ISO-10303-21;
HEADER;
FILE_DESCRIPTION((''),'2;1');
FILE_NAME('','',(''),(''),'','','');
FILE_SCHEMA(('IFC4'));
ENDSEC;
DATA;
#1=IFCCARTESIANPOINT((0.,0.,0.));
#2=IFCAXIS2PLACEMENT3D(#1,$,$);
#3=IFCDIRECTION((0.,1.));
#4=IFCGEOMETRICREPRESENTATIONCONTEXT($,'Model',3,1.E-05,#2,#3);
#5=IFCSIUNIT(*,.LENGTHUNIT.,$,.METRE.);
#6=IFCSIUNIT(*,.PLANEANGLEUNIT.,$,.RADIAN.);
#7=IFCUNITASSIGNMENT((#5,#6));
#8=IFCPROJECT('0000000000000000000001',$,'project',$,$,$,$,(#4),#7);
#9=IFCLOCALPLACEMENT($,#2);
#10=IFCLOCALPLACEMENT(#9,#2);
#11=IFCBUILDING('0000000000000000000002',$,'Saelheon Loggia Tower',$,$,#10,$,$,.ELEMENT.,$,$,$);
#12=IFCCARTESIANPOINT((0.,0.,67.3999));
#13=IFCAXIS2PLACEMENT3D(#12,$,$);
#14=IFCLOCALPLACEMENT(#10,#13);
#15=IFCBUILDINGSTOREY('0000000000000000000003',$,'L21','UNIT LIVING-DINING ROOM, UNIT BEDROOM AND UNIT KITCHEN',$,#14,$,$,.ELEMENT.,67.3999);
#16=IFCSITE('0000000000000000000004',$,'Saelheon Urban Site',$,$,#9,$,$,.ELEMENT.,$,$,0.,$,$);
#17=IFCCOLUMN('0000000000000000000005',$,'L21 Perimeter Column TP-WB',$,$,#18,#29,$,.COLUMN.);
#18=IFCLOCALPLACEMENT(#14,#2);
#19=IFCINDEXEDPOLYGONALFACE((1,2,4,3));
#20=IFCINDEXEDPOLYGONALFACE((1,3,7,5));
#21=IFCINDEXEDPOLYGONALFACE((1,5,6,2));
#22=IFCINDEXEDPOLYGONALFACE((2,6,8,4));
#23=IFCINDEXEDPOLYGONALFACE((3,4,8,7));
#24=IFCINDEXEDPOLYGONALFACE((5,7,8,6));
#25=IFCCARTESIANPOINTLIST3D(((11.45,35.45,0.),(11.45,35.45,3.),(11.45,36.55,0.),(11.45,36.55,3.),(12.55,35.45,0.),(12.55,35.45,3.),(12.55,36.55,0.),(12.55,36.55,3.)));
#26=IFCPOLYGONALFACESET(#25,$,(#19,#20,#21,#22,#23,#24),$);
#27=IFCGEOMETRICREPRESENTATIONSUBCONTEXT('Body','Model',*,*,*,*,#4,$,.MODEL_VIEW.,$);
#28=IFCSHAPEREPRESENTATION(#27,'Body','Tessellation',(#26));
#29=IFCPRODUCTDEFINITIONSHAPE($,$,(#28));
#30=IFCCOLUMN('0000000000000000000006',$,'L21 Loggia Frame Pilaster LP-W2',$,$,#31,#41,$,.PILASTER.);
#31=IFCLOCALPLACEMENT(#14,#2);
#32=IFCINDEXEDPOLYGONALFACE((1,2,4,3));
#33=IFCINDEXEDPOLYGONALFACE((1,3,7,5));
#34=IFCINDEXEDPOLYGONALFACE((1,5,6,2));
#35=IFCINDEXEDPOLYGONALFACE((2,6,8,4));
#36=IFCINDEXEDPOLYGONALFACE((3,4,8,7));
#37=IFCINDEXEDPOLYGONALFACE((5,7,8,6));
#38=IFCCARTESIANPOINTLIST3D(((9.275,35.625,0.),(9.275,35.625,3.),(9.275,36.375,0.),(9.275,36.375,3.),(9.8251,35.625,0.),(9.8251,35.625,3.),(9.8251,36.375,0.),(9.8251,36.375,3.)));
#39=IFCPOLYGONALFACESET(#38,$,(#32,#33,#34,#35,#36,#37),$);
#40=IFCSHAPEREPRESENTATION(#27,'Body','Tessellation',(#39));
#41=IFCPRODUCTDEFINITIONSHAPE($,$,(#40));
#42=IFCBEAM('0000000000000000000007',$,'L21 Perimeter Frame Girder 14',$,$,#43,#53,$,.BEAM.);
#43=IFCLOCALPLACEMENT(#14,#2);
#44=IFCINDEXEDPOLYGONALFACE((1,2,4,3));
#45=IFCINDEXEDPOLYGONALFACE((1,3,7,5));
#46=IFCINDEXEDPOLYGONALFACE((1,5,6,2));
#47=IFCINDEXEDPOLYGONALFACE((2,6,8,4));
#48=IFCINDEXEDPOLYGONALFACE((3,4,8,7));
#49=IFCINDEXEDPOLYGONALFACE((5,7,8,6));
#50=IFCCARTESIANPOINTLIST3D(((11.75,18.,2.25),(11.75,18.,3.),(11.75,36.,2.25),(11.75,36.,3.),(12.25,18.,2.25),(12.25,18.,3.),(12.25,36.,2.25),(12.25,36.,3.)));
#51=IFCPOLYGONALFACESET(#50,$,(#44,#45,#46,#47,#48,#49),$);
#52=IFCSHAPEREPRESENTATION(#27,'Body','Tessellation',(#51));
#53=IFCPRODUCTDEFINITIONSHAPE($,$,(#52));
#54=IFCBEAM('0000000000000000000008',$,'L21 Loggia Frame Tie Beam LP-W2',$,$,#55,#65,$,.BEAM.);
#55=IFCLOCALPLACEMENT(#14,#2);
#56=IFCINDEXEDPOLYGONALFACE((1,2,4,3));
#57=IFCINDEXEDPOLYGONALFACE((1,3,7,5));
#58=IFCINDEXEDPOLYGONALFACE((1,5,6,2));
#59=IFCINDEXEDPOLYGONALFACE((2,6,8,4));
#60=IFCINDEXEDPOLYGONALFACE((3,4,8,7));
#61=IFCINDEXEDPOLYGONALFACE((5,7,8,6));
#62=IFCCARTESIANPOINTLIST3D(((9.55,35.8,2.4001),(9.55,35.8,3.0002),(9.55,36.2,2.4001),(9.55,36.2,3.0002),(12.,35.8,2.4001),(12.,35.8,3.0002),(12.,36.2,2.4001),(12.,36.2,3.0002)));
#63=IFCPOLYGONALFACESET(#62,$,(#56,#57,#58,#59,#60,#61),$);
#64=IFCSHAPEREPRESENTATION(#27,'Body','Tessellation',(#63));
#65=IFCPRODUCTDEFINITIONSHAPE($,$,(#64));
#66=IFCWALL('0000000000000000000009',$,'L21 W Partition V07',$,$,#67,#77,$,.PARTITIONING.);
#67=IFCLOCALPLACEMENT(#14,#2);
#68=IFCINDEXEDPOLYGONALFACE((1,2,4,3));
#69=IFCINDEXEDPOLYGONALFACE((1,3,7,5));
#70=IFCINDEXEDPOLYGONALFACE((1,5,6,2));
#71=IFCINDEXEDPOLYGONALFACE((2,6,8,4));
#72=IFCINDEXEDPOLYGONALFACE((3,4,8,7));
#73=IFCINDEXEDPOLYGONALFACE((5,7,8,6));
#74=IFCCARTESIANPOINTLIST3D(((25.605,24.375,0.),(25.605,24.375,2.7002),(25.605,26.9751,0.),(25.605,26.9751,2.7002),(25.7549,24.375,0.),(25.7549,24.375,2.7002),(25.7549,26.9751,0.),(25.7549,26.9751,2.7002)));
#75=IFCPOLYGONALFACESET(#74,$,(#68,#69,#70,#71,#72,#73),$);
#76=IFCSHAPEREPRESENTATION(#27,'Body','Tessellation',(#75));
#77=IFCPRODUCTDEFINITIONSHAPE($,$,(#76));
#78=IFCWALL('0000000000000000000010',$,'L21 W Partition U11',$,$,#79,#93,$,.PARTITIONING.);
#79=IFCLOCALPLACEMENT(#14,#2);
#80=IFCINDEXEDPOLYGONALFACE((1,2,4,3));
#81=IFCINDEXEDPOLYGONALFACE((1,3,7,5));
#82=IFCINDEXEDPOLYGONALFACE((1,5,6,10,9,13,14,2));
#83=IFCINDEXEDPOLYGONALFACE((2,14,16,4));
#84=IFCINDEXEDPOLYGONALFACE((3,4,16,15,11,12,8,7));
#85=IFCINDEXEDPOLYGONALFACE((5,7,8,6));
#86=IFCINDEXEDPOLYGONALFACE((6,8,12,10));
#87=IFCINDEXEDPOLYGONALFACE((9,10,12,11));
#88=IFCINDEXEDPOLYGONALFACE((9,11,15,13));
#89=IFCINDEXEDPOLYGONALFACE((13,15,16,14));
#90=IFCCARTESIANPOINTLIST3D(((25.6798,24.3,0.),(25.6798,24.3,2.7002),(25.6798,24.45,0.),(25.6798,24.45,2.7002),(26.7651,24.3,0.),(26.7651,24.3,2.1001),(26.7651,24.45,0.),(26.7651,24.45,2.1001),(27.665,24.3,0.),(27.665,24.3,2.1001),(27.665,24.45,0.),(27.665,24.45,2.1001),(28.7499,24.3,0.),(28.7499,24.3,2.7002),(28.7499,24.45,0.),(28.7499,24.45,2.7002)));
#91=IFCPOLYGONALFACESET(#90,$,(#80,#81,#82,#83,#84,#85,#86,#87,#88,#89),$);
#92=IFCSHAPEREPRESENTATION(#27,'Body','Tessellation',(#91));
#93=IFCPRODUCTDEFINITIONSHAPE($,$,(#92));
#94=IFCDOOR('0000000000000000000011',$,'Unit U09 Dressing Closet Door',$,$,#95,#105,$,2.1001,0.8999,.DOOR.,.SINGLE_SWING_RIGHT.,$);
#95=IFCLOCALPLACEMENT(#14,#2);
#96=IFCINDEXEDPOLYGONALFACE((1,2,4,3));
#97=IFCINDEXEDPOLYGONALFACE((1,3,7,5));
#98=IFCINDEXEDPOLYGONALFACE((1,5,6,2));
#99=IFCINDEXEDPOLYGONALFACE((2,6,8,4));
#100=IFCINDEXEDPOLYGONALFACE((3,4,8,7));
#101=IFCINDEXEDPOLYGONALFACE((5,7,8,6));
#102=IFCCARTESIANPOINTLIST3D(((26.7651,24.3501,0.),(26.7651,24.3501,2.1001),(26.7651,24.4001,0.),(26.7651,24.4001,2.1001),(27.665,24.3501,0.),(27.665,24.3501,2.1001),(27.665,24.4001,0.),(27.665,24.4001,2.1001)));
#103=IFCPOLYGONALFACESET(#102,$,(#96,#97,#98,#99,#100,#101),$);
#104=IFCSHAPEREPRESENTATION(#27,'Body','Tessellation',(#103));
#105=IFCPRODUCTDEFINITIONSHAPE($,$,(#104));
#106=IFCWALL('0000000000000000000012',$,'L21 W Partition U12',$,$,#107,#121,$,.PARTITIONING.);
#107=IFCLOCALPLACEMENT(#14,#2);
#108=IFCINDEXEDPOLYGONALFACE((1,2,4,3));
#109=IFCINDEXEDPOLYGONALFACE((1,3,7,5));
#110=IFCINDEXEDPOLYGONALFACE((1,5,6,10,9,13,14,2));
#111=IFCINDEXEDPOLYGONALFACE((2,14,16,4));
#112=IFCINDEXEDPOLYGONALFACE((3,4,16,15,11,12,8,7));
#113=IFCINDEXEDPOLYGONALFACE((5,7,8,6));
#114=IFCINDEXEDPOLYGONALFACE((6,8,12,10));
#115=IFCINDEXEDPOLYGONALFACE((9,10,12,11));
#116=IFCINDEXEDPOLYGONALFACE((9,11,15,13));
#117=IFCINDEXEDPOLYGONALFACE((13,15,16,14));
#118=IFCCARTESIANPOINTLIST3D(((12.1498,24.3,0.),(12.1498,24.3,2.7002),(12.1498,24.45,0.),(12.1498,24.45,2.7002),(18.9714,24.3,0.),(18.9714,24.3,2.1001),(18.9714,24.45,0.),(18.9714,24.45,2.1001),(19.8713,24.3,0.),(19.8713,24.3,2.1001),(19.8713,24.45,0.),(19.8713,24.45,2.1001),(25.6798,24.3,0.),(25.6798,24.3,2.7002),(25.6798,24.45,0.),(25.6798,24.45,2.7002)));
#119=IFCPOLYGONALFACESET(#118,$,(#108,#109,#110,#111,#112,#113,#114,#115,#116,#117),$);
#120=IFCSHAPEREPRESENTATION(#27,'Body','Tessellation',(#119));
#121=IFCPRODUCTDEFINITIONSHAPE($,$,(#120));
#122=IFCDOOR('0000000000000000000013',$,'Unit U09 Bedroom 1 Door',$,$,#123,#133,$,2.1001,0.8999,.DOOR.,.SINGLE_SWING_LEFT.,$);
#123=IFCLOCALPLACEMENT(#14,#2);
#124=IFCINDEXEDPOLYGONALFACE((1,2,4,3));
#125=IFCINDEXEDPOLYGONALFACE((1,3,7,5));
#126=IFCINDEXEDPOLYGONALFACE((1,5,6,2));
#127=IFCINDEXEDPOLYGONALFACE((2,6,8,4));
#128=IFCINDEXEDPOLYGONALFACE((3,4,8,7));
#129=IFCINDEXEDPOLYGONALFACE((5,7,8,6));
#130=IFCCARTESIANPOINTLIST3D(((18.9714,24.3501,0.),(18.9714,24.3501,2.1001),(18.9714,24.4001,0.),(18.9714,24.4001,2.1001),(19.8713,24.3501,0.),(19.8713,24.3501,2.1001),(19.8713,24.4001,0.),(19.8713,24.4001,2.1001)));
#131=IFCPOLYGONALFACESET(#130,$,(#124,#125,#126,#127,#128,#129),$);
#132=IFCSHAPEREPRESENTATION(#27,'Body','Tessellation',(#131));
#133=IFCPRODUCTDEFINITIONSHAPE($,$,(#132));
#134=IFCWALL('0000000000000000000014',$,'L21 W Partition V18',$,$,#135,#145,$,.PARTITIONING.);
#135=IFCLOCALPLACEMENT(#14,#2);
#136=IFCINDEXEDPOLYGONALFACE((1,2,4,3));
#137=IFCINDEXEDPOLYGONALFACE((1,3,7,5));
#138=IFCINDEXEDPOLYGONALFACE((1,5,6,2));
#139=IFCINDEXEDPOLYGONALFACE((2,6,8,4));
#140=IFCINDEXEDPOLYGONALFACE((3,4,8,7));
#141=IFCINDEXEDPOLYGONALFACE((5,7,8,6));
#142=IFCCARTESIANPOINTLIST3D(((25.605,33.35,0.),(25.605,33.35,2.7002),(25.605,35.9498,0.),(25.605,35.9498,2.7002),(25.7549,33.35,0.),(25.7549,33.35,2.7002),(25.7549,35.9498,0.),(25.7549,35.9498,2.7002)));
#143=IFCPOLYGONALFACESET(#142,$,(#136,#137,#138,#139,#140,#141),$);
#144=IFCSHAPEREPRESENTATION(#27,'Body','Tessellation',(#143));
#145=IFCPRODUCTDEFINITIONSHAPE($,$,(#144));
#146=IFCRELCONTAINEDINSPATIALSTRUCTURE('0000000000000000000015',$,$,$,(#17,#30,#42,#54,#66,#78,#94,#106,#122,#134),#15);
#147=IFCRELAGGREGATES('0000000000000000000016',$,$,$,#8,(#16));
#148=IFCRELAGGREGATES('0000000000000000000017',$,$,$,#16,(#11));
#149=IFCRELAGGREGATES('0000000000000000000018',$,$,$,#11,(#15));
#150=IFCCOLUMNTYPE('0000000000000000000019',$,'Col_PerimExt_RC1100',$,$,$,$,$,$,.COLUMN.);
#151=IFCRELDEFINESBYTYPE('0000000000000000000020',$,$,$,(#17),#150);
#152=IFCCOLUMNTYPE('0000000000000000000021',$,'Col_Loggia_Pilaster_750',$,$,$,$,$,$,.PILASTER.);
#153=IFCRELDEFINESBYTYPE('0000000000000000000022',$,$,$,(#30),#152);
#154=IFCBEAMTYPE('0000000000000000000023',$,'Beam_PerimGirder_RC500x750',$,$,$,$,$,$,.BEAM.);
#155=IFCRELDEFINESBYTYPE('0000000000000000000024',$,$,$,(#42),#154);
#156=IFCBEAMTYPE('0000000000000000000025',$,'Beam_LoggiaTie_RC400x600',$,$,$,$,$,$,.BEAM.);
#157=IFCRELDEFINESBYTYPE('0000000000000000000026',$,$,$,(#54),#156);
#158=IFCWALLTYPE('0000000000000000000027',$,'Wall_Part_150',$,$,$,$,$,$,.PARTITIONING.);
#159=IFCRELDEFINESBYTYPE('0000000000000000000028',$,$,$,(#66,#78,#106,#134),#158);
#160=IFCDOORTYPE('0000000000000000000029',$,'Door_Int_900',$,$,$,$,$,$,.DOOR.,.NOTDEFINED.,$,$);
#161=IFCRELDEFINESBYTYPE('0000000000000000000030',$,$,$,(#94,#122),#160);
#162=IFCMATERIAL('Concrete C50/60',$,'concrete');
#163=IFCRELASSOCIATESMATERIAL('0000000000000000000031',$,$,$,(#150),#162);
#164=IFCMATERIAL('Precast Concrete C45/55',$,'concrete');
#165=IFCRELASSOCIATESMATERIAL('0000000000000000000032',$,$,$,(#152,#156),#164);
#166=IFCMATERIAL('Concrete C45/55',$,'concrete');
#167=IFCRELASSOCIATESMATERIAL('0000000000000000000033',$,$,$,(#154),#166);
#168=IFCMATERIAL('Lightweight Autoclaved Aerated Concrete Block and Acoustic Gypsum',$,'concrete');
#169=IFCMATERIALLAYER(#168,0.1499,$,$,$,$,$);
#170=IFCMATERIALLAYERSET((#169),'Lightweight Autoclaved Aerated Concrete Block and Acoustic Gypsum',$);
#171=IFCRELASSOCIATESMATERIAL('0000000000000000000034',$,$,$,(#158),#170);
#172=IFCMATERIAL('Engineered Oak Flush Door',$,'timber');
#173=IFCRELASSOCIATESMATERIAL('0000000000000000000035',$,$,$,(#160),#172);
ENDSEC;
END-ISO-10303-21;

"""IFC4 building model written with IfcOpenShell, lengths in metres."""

from ifc_helpers import new_model, si_unit, direction, frame, frame_2d, origin, origin_2d, place, context, subcontext, project, spatial, rectangle, extrude, source, transform, mapped, material, layer, layer_set, material_profile, profile_set, type_object, element, fill, save


model = new_model("IFC4")

# Units and contexts
model_context = context("Model", 3, precision=1e-05, world=origin(), true_north=direction((0.0, 1.0)))
body_context = subcontext(model_context, "Body", "Model", "MODEL_VIEW")
ifc_project = project(units=[si_unit("LENGTHUNIT", "METRE"), si_unit("PLANEANGLEUNIT", "RADIAN")], contexts=[model_context])

# Site, building, storey
site_placement = place(None, origin())
site = spatial("IfcSite", under=ifc_project, at=site_placement, Name="Saelheon Urban Site", CompositionType="ELEMENT", RefElevation=0.0)
building_placement = place(site_placement, origin())
building = spatial("IfcBuilding", under=site, at=building_placement, Name="Saelheon Loggia Tower", CompositionType="ELEMENT")
storey_placement = place(building_placement, frame((0.0, 0.0, 67.3999)))
storey = spatial("IfcBuildingStorey", under=building, at=storey_placement, Name="L21", Description="UNIT LIVING-DINING ROOM, UNIT BEDROOM AND UNIT KITCHEN", CompositionType="ELEMENT", Elevation=67.3999)

# Columns
ifc_material_1 = material(Name="Concrete C50/60", Category="concrete")
ifc_material_profile_1 = material_profile(ifc_material_1, rectangle(XDim=1.1001, YDim=1.1001, at=origin_2d()), Name="RC-1100x1100")
ifc_profile_set_1 = profile_set([ifc_material_profile_1], Name="Concrete C50/60")
column_type_1 = type_object("IfcColumnType", Name="Col_PerimExt_RC1100", PredefinedType="COLUMN", material=ifc_profile_set_1)
shared_shape_1 = source(origin(), body_context, "Body", "SweptSolid", [
    extrude(rectangle(XDim=1.1001, YDim=1.1001, at=origin_2d()), origin(), (0.0, 0.0, 1.0), 3.0),
])
column_1_placement = place(storey_placement, frame((12.0, 36.0, 0.0), z_axis=(0.0, 0.0, 1.0), x_axis=(1.0, 0.0, 0.0)))
element("IfcColumn", 1, at=column_1_placement, inside=storey, type_object=column_type_1, Name="L21 Perimeter Column TP-WB", PredefinedType="COLUMN", context=body_context, shape_type="MappedRepresentation", body=[
    mapped(shared_shape_1, transform((0.0, 0.0, 0.0), scale=1.0)),
])
ifc_material_2 = material(Name="Precast Concrete C45/55", Category="concrete")
ifc_material_profile_2 = material_profile(ifc_material_2, rectangle(XDim=0.55, YDim=0.75, at=origin_2d()), Name="RC-550x750")
ifc_profile_set_2 = profile_set([ifc_material_profile_2], Name="Precast Concrete C45/55")
column_type_2 = type_object("IfcColumnType", Name="Col_Loggia_Pilaster_750", PredefinedType="PILASTER", material=ifc_profile_set_2)
shared_shape_2 = source(origin(), body_context, "Body", "SweptSolid", [
    extrude(rectangle(XDim=0.55, YDim=0.75, at=origin_2d()), origin(), (0.0, 0.0, 1.0), 3.0),
])
column_2_placement = place(storey_placement, frame((9.55, 36.0, 0.0), z_axis=(0.0, 0.0, 1.0), x_axis=(1.0, 0.0, 0.0)))
element("IfcColumn", 2, at=column_2_placement, inside=storey, type_object=column_type_2, Name="L21 Loggia Frame Pilaster LP-W2", PredefinedType="PILASTER", context=body_context, shape_type="MappedRepresentation", body=[
    mapped(shared_shape_2, transform((0.0, 0.0, 0.0), scale=1.0)),
])

# Beams
ifc_material_3 = material(Name="Concrete C45/55", Category="concrete")
ifc_material_profile_3 = material_profile(ifc_material_3, rectangle(XDim=0.5, YDim=0.75, at=origin_2d()), Name="RC-500x750")
ifc_profile_set_3 = profile_set([ifc_material_profile_3], Name="Concrete C45/55")
beam_type_1 = type_object("IfcBeamType", Name="Beam_PerimGirder_RC500x750", PredefinedType="BEAM", material=ifc_profile_set_3)
shared_shape_3 = source(origin(), body_context, "Body", "SweptSolid", [
    extrude(rectangle(XDim=0.5, YDim=0.75, at=origin_2d()), origin(), (0.0, 0.0, 1.0), 18.0),
])
beam_1_placement = place(storey_placement, frame((12.0, 36.0, 2.625), z_axis=(0.0, -1.0, 0.0), x_axis=(1.0, 0.0, 0.0)))
element("IfcBeam", 3, at=beam_1_placement, inside=storey, type_object=beam_type_1, Name="L21 Perimeter Frame Girder 14", PredefinedType="BEAM", context=body_context, shape_type="MappedRepresentation", body=[
    mapped(shared_shape_3, transform((0.0, 0.0, 0.0), scale=1.0)),
])
ifc_material_profile_4 = material_profile(ifc_material_2, rectangle(XDim=0.3999, YDim=0.6001, at=origin_2d()), Name="RC-400x600")
ifc_profile_set_4 = profile_set([ifc_material_profile_4], Name="Precast Concrete C45/55")
beam_type_2 = type_object("IfcBeamType", Name="Beam_LoggiaTie_RC400x600", PredefinedType="BEAM", material=ifc_profile_set_4)
shared_shape_4 = source(origin(), body_context, "Body", "SweptSolid", [
    extrude(rectangle(XDim=0.3999, YDim=0.6001, at=origin_2d()), origin(), (0.0, 0.0, 1.0), 2.45),
])
beam_2_placement = place(storey_placement, frame((12.0, 36.0, 2.7002), z_axis=(-1.0, 0.0, 0.0), x_axis=(0.0, -1.0, 0.0)))
element("IfcBeam", 4, at=beam_2_placement, inside=storey, type_object=beam_type_2, Name="L21 Loggia Frame Tie Beam LP-W2", PredefinedType="BEAM", context=body_context, shape_type="MappedRepresentation", body=[
    mapped(shared_shape_4, transform((0.0, 0.0, 0.0), scale=1.0)),
])

# Wall
ifc_material_4 = material(Name="Lightweight Autoclaved Aerated Concrete Block and Acoustic Gypsum", Category="concrete")
ifc_layer_1 = layer(ifc_material_4, 0.1499)
ifc_layer_set_1 = layer_set([ifc_layer_1], Name="Lightweight Autoclaved Aerated Concrete Block and Acoustic Gypsum")
wall_type_1 = type_object("IfcWallType", Name="Wall_Part_150", PredefinedType="PARTITIONING", material=ifc_layer_set_1)
wall_1_placement = place(storey_placement, frame((25.6799, 24.375, 0.0), z_axis=(0.0, 0.0, 1.0), x_axis=(0.0, 1.0, 0.0)))
element("IfcWall", 5, at=wall_1_placement, inside=storey, type_object=wall_type_1, Name="L21 W Partition V07", PredefinedType="PARTITIONING", context=body_context, shape_type="SweptSolid", body=[
    extrude(rectangle(XDim=2.6001, YDim=0.1499, at=frame_2d((1.3, 0.0))), origin(), (0.0, 0.0, 1.0), 2.7002),
])

# Walls, openings, doors
wall_2_placement = place(storey_placement, frame((28.75, 24.375, 0.0), z_axis=(0.0, 0.0, 1.0), x_axis=(-1.0, 0.0, 0.0)))
wall_2 = element("IfcWall", 6, at=wall_2_placement, inside=storey, type_object=wall_type_1, Name="L21 W Partition U11", PredefinedType="PARTITIONING", context=body_context, shape_type="SweptSolid", body=[
    extrude(rectangle(XDim=3.0701, YDim=0.1499, at=frame_2d((1.5352, 0.0))), origin(), (0.0, 0.0, 1.0), 2.7002),
])
opening_1_placement = place(wall_2_placement, frame((1.085, 0.0, 0.0)))
opening_1 = element("IfcOpeningElement", 7, at=opening_1_placement, cuts=wall_2, PredefinedType="OPENING", context=body_context, shape_type="SweptSolid", body=[
    extrude(rectangle(XDim=0.8999, YDim=2.1001, at=frame_2d((0.45, 1.05))), frame((0.0, 0.0869, 0.0), z_axis=(0.0, -1.0, 0.0), x_axis=(1.0, 0.0, 0.0)), (0.0, 0.0, 1.0), 0.1738),
])
ifc_material_5 = material(Name="Engineered Oak Flush Door", Category="timber")
door_type_1 = type_object("IfcDoorType", Name="Door_Int_900", OperationType="NOTDEFINED", PredefinedType="DOOR", material=ifc_material_5)
shared_shape_5 = source(origin(), body_context, "Body", "SweptSolid", [
    extrude(rectangle(XDim=0.8999, YDim=2.1001, at=frame_2d((0.45, 1.05))), frame((0.0, 0.0249, 0.0), z_axis=(0.0, -1.0, 0.0), x_axis=(1.0, 0.0, 0.0)), (0.0, 0.0, 1.0), 0.05),
])
door_1_placement = place(opening_1_placement, origin())
door_1 = element("IfcDoor", 8, at=door_1_placement, inside=storey, type_object=door_type_1, Name="Unit U09 Dressing Closet Door", OperationType="SINGLE_SWING_RIGHT", OverallHeight=2.1001, OverallWidth=0.8999, PredefinedType="DOOR", context=body_context, shape_type="MappedRepresentation", body=[
    mapped(shared_shape_5, transform((0.0, 0.0, 0.0), scale=1.0)),
])
fill(opening_1, door_1)
wall_3_placement = place(storey_placement, frame((25.6799, 24.375, 0.0), z_axis=(0.0, 0.0, 1.0), x_axis=(-1.0, 0.0, 0.0)))
wall_3 = element("IfcWall", 9, at=wall_3_placement, inside=storey, type_object=wall_type_1, Name="L21 W Partition U12", PredefinedType="PARTITIONING", context=body_context, shape_type="SweptSolid", body=[
    extrude(rectangle(XDim=13.53, YDim=0.1499, at=frame_2d((6.7651, 0.0))), origin(), (0.0, 0.0, 1.0), 2.7002),
])
opening_2_placement = place(wall_3_placement, frame((5.8086, 0.0, 0.0)))
opening_2 = element("IfcOpeningElement", 10, at=opening_2_placement, cuts=wall_3, PredefinedType="OPENING", context=body_context, shape_type="SweptSolid", body=[
    extrude(rectangle(XDim=0.8999, YDim=2.1001, at=frame_2d((0.45, 1.05))), frame((0.0, 0.0869, 0.0), z_axis=(0.0, -1.0, 0.0), x_axis=(1.0, 0.0, 0.0)), (0.0, 0.0, 1.0), 0.1738),
])
door_2_placement = place(opening_2_placement, origin())
door_2 = element("IfcDoor", 11, at=door_2_placement, inside=storey, type_object=door_type_1, Name="Unit U09 Bedroom 1 Door", OperationType="SINGLE_SWING_LEFT", OverallHeight=2.1001, OverallWidth=0.8999, PredefinedType="DOOR", context=body_context, shape_type="MappedRepresentation", body=[
    mapped(shared_shape_5, transform((0.0, 0.0, 0.0), scale=1.0)),
])
fill(opening_2, door_2)

# Wall
wall_4_placement = place(storey_placement, frame((25.6799, 33.3501, 0.0), z_axis=(0.0, 0.0, 1.0), x_axis=(0.0, 1.0, 0.0)))
element("IfcWall", 12, at=wall_4_placement, inside=storey, type_object=wall_type_1, Name="L21 W Partition V18", PredefinedType="PARTITIONING", context=body_context, shape_type="SweptSolid", body=[
    extrude(rectangle(XDim=2.5999, YDim=0.1499, at=frame_2d((1.2998, 0.0))), origin(), (0.0, 0.0, 1.0), 2.7002),
])

save(model, "model.ifc")
